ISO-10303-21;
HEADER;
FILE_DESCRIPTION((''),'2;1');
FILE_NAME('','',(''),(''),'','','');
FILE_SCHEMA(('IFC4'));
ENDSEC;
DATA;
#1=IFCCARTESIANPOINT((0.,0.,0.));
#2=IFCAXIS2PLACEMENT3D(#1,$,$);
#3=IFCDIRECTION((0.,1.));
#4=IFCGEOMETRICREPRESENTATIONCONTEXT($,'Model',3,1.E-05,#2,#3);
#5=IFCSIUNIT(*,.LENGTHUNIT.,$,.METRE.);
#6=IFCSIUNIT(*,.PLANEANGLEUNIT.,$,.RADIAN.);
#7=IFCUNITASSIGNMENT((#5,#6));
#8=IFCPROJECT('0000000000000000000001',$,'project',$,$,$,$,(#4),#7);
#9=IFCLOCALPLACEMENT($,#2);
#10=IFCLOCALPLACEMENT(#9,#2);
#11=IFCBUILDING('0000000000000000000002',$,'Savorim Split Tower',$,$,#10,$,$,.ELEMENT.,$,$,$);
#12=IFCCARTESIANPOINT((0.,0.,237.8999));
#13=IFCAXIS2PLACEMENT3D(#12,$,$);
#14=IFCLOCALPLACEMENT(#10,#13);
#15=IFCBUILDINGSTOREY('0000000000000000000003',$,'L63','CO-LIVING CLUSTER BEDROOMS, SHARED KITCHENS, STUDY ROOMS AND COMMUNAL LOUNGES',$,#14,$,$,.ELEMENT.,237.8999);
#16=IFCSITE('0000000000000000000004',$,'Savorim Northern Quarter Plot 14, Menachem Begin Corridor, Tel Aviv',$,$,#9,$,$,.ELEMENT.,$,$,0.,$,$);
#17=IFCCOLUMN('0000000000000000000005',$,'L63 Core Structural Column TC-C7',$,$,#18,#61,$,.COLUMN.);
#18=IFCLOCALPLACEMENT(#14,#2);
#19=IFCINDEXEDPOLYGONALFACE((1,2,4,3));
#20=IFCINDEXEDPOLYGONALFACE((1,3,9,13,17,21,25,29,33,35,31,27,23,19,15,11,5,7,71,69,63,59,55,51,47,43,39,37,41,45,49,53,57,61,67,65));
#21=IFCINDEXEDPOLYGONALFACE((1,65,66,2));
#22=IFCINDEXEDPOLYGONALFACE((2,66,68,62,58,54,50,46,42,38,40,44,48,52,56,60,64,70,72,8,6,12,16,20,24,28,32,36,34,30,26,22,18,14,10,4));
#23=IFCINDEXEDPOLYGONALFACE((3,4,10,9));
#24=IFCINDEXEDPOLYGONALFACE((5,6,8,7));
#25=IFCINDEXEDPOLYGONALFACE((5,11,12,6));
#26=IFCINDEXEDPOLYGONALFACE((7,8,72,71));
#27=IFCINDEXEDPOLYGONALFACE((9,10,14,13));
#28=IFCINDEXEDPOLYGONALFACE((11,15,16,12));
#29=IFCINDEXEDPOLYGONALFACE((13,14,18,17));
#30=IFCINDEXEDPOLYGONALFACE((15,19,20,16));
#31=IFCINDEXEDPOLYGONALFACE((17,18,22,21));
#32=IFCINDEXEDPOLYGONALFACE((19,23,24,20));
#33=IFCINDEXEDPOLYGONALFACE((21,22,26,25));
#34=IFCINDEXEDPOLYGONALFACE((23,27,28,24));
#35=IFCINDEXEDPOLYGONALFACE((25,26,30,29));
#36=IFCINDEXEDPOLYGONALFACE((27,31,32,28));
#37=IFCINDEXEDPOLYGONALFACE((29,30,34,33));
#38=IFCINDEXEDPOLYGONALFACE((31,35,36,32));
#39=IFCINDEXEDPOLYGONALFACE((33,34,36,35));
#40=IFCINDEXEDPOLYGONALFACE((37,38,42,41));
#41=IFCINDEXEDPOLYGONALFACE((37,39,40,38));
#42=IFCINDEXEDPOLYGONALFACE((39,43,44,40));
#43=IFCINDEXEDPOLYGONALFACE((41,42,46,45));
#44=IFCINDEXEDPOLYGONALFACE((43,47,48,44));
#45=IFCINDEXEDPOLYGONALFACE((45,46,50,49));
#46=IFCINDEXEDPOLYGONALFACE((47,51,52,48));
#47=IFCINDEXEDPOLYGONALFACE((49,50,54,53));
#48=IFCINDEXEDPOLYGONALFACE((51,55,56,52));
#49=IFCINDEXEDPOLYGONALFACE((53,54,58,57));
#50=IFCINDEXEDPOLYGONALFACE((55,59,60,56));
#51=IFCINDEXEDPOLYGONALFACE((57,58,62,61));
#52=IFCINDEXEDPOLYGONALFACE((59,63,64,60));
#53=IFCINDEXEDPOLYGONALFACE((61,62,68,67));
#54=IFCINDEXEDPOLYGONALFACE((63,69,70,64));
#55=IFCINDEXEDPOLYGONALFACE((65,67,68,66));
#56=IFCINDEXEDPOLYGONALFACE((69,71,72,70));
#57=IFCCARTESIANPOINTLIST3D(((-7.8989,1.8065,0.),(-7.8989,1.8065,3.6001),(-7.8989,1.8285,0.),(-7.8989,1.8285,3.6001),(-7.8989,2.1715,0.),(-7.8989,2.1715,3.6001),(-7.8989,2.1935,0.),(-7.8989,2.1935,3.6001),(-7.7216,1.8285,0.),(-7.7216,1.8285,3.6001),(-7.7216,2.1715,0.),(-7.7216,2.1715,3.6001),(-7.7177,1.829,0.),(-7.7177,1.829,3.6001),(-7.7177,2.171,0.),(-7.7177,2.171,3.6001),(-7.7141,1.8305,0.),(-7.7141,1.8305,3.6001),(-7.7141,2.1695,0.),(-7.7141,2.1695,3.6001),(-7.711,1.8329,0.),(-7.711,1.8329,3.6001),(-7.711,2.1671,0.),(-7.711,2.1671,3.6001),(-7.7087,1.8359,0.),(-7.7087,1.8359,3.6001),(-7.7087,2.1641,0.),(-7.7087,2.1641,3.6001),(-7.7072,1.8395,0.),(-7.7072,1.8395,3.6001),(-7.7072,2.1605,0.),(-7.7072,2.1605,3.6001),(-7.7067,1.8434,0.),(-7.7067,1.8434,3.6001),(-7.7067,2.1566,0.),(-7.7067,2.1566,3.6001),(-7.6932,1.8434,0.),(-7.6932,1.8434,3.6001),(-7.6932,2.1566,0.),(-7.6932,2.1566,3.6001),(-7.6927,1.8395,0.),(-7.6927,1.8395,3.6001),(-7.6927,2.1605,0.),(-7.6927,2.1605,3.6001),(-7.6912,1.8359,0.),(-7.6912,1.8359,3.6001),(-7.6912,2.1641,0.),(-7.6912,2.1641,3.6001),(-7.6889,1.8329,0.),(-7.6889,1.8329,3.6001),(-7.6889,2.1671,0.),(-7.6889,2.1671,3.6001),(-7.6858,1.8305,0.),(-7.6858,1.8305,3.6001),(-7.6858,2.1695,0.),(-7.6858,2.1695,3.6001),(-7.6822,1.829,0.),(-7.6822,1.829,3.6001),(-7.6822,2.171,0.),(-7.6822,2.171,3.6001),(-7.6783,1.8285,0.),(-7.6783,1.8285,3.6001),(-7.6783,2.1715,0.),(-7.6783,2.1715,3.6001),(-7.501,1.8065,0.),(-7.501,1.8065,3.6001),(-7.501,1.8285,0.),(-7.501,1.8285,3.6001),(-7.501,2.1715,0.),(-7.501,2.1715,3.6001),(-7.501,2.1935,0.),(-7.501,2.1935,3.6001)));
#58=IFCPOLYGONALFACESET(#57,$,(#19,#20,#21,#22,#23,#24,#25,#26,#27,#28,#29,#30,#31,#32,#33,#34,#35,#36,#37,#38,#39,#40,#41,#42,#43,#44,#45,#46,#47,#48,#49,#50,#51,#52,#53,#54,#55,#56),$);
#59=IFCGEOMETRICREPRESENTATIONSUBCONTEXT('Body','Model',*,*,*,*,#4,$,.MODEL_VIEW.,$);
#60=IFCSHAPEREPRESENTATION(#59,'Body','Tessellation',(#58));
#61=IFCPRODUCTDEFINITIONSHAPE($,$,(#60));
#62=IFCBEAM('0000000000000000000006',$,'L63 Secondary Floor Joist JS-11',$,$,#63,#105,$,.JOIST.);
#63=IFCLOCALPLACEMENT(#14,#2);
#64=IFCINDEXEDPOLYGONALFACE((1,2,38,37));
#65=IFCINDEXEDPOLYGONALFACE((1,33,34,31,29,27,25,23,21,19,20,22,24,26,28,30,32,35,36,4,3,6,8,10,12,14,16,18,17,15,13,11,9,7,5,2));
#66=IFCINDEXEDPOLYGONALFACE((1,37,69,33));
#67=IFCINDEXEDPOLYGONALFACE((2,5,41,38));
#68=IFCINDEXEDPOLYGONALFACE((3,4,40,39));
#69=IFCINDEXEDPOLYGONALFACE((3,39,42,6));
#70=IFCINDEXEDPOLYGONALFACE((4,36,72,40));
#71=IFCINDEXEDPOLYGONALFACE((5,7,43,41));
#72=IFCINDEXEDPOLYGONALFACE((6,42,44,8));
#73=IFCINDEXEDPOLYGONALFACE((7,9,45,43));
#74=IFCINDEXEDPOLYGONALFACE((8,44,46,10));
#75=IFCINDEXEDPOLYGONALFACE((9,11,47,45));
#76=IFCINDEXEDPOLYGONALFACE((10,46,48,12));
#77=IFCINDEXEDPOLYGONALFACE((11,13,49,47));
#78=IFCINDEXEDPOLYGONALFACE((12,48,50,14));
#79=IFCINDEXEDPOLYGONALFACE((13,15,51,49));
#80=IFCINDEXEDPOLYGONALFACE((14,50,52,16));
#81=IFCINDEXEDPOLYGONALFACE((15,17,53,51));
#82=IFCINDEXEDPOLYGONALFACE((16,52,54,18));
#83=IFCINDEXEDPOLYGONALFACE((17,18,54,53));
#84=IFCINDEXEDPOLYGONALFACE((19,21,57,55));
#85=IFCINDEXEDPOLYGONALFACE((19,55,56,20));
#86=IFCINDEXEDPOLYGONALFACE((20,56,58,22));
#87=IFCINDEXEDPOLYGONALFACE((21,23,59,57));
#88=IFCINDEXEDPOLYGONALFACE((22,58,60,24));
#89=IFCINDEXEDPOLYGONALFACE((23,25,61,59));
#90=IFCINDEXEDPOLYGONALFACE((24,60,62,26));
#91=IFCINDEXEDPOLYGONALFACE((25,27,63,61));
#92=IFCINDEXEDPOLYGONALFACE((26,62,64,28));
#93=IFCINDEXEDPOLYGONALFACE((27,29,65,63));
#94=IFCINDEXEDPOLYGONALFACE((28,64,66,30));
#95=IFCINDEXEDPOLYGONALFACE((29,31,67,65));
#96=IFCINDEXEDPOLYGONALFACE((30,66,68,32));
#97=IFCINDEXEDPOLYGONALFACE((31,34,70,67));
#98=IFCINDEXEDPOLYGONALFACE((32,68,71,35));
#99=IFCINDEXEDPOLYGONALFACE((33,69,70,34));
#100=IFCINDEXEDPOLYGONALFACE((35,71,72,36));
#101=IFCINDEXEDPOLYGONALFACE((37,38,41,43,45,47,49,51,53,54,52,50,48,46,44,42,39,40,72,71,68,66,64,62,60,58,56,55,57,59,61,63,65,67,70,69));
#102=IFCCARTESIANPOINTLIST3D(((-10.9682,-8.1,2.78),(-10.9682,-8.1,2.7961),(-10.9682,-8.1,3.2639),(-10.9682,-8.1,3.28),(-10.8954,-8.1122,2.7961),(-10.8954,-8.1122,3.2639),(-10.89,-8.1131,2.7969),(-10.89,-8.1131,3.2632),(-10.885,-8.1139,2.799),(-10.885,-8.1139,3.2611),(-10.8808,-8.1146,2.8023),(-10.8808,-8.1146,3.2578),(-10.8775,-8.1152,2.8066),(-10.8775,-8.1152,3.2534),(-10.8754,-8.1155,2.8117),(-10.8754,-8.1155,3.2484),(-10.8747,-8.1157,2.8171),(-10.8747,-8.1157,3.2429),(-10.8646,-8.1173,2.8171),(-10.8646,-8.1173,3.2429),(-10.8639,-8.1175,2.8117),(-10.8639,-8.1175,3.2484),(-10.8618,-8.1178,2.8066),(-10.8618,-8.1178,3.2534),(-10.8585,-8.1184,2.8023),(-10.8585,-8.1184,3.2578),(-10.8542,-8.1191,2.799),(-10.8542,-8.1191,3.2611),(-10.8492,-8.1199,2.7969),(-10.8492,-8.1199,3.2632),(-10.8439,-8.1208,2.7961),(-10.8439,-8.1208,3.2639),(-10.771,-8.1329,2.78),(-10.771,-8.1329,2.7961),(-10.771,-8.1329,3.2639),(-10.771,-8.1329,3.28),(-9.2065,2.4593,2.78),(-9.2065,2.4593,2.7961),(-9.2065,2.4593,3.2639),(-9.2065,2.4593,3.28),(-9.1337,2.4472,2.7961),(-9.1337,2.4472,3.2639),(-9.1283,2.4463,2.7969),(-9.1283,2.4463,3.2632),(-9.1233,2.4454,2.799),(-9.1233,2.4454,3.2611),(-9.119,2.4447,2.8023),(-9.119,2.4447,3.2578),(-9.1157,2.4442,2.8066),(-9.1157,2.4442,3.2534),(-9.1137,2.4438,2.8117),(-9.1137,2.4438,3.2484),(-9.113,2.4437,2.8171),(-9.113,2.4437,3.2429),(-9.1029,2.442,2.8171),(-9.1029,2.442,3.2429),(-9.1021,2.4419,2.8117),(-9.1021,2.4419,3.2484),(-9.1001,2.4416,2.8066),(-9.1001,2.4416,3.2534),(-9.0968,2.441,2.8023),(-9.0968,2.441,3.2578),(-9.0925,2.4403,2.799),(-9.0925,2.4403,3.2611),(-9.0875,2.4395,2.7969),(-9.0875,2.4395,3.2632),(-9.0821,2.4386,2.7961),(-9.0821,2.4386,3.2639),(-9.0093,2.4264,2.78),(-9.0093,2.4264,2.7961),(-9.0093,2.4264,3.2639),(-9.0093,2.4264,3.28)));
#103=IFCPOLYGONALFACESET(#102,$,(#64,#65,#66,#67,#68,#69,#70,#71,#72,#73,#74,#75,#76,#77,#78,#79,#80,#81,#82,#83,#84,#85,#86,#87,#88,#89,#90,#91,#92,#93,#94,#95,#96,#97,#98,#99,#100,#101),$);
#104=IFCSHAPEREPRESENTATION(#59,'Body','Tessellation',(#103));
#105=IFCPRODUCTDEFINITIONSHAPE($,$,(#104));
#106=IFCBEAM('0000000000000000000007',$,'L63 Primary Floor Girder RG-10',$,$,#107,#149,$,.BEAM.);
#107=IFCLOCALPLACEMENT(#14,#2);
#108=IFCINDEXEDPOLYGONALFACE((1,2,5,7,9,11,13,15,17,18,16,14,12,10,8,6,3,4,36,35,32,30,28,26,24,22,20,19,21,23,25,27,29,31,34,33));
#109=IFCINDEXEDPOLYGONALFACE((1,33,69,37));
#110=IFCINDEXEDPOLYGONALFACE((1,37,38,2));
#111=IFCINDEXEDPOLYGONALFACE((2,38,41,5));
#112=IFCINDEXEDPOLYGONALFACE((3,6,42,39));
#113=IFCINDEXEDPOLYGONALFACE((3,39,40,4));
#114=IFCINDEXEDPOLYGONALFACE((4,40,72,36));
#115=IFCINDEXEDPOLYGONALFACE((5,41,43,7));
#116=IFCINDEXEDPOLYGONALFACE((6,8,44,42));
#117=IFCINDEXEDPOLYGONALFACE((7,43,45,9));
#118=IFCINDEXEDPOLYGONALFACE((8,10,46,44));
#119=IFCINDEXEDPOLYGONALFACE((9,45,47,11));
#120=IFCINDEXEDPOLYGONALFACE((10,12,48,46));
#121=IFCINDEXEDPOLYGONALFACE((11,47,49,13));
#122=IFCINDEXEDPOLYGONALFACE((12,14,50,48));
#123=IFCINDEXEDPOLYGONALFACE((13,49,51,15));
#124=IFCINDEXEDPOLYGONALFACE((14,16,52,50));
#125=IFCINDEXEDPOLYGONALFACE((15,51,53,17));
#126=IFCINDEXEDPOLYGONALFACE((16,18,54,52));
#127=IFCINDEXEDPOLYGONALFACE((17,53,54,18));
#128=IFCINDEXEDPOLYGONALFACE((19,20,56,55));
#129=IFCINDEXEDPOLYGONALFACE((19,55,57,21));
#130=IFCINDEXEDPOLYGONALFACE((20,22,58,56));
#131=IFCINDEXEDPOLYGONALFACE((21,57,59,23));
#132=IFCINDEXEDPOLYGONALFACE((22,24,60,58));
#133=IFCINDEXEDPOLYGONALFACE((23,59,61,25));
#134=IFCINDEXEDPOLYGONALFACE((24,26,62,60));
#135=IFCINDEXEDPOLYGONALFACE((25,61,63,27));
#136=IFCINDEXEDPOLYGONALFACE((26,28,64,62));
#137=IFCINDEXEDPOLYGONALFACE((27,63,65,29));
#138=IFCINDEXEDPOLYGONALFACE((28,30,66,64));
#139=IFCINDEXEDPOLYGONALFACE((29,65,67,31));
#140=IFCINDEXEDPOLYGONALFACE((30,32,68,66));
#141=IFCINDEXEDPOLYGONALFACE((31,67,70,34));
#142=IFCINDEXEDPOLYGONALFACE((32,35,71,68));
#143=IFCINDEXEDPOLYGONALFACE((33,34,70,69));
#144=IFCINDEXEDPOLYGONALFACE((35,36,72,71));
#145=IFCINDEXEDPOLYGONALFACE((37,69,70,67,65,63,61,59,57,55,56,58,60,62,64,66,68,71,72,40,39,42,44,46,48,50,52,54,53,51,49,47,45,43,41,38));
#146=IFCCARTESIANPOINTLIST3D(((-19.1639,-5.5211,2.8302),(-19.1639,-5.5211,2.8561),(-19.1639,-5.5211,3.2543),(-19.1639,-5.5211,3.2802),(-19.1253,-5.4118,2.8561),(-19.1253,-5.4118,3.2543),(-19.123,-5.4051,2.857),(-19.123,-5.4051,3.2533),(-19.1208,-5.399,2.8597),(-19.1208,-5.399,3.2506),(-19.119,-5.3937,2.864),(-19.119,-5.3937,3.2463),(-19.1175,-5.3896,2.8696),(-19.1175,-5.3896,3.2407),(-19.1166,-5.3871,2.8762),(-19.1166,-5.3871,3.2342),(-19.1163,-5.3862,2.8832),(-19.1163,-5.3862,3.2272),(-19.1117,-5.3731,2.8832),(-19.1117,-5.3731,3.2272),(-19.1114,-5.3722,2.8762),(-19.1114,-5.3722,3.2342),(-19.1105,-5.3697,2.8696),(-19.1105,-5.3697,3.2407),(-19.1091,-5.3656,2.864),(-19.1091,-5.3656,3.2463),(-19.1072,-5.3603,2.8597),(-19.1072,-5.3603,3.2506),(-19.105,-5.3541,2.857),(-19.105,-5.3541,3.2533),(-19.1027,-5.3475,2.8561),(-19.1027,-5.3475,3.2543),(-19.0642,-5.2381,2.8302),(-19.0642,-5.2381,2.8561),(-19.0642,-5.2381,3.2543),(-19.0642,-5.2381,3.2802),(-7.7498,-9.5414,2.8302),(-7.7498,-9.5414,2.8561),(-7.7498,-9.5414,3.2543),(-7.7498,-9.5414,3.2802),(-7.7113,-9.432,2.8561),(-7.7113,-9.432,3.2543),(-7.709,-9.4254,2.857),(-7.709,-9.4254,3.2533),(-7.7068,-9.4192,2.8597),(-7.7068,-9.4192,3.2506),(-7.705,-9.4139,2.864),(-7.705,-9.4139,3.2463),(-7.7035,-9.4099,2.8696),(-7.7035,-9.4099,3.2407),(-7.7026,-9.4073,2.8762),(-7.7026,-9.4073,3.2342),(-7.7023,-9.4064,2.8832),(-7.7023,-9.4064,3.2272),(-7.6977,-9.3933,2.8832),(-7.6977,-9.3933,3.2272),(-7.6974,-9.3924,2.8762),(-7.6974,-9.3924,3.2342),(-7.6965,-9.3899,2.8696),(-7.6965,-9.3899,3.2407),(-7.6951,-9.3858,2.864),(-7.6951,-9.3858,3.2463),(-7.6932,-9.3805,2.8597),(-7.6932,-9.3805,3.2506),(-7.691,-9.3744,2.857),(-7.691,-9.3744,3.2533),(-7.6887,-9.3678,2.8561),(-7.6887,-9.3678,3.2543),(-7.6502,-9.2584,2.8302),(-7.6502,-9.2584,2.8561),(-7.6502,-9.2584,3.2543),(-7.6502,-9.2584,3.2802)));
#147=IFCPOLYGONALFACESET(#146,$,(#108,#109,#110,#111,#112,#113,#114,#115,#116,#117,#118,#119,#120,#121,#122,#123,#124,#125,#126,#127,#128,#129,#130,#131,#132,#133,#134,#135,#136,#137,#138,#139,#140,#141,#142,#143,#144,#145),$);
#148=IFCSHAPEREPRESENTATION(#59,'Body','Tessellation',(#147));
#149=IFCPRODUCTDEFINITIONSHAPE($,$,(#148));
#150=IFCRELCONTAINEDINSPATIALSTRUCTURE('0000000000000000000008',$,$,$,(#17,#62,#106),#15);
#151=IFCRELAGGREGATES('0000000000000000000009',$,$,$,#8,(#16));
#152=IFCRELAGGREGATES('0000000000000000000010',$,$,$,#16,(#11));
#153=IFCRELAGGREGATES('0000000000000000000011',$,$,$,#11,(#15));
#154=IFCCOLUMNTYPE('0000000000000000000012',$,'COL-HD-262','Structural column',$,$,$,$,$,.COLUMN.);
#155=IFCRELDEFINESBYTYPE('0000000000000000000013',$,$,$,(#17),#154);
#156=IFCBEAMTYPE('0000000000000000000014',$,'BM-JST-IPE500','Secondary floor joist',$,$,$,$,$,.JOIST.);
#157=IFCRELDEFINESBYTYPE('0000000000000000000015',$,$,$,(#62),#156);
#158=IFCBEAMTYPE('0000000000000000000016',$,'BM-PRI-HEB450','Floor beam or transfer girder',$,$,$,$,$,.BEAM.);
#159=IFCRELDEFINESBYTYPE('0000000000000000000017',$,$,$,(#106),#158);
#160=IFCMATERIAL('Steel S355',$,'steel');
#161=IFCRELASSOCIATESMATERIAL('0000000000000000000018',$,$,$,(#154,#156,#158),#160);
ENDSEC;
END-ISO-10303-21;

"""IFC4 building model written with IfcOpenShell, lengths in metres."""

from ifc_helpers import new_model, si_unit, direction, frame, origin, origin_2d, place, context, subcontext, project, spatial, i_section, extrude, material, material_profile, profile_set, type_object, element, save


model = new_model("IFC4")

# Units and contexts
model_context = context("Model", 3, precision=1e-05, world=origin(), true_north=direction((0.0, 1.0)))
body_context = subcontext(model_context, "Body", "Model", "MODEL_VIEW")
ifc_project = project(units=[si_unit("LENGTHUNIT", "METRE"), si_unit("PLANEANGLEUNIT", "RADIAN")], contexts=[model_context])

# Site, building, storey
site_placement = place(None, origin())
site = spatial("IfcSite", under=ifc_project, at=site_placement, Name="Savorim Northern Quarter Plot 14, Menachem Begin Corridor, Tel Aviv", CompositionType="ELEMENT", RefElevation=0.0)
building_placement = place(site_placement, origin())
building = spatial("IfcBuilding", under=site, at=building_placement, Name="Savorim Split Tower", CompositionType="ELEMENT")
storey_placement = place(building_placement, frame((0.0, 0.0, 237.8999)))
storey = spatial("IfcBuildingStorey", under=building, at=storey_placement, Name="L63", Description="CO-LIVING CLUSTER BEDROOMS, SHARED KITCHENS, STUDY ROOMS AND COMMUNAL LOUNGES", CompositionType="ELEMENT", Elevation=237.8999)

# Column
ifc_material_1 = material(Name="Steel S355", Category="steel")
ifc_material_profile_1 = material_profile(ifc_material_1, i_section(OverallWidth=0.3979, OverallDepth=0.387, WebThickness=0.0134, FlangeThickness=0.022, FilletRadius=0.0149, at=origin_2d()), Name="HD 400x262")
ifc_profile_set_1 = profile_set([ifc_material_profile_1], Name="Steel S355")
column_type = type_object("IfcColumnType", Name="COL-HD-262", Description="Structural column", PredefinedType="COLUMN", material=ifc_profile_set_1)
column_placement = place(storey_placement, frame((-7.7, 2.0, 0.0), z_axis=(0.0, 0.0, 1.0), x_axis=(1.0, 0.0, 0.0)))
element("IfcColumn", 1, at=column_placement, inside=storey, type_object=column_type, Name="L63 Core Structural Column TC-C7", PredefinedType="COLUMN", context=body_context, shape_type="SweptSolid", body=[
    extrude(i_section(OverallWidth=0.3979, OverallDepth=0.387, WebThickness=0.0134, FlangeThickness=0.022, FilletRadius=0.0149, at=origin_2d()), origin(), (0.0, 0.0, 1.0), 3.6001),
])

# Beams
ifc_material_profile_2 = material_profile(ifc_material_1, i_section(OverallWidth=0.2, OverallDepth=0.5, WebThickness=0.0103, FlangeThickness=0.0161, FilletRadius=0.021, at=origin_2d()), Name="IPE 500")
ifc_profile_set_2 = profile_set([ifc_material_profile_2], Name="Steel S355")
beam_type_1 = type_object("IfcBeamType", Name="BM-JST-IPE500", Description="Secondary floor joist", PredefinedType="JOIST", material=ifc_profile_set_2)
beam_1_placement = place(storey_placement, frame((-9.1079, 2.4429, 3.03), z_axis=(-0.164565, -0.986366, 0.0), x_axis=(0.986366, -0.164565, 0.0)))
element("IfcBeam", 2, at=beam_1_placement, inside=storey, type_object=beam_type_1, Name="L63 Secondary Floor Joist JS-11", PredefinedType="JOIST", context=body_context, shape_type="SweptSolid", body=[
    extrude(i_section(OverallWidth=0.2, OverallDepth=0.5, WebThickness=0.0103, FlangeThickness=0.0161, FilletRadius=0.021, at=origin_2d()), origin(), (0.0, 0.0, 1.0), 10.7053),
])
ifc_material_profile_3 = material_profile(ifc_material_1, i_section(OverallWidth=0.3, OverallDepth=0.45, WebThickness=0.0139, FlangeThickness=0.0259, FilletRadius=0.0271, at=origin_2d()), Name="HEB 450")
ifc_profile_set_3 = profile_set([ifc_material_profile_3], Name="Steel S355")
beam_type_2 = type_object("IfcBeamType", Name="BM-PRI-HEB450", Description="Floor beam or transfer girder", PredefinedType="BEAM", material=ifc_profile_set_3)
beam_2_placement = place(storey_placement, frame((-19.114, -5.3796, 3.0552), z_axis=(0.943204, -0.332215, 0.0), x_axis=(0.332215, 0.943204, 0.0)))
element("IfcBeam", 3, at=beam_2_placement, inside=storey, type_object=beam_type_2, Name="L63 Primary Floor Girder RG-10", PredefinedType="BEAM", context=body_context, shape_type="SweptSolid", body=[
    extrude(i_section(OverallWidth=0.3, OverallDepth=0.45, WebThickness=0.0139, FlangeThickness=0.0259, FilletRadius=0.0271, at=origin_2d()), origin(), (0.0, 0.0, 1.0), 12.1013),
])

save(model, "model.ifc")
